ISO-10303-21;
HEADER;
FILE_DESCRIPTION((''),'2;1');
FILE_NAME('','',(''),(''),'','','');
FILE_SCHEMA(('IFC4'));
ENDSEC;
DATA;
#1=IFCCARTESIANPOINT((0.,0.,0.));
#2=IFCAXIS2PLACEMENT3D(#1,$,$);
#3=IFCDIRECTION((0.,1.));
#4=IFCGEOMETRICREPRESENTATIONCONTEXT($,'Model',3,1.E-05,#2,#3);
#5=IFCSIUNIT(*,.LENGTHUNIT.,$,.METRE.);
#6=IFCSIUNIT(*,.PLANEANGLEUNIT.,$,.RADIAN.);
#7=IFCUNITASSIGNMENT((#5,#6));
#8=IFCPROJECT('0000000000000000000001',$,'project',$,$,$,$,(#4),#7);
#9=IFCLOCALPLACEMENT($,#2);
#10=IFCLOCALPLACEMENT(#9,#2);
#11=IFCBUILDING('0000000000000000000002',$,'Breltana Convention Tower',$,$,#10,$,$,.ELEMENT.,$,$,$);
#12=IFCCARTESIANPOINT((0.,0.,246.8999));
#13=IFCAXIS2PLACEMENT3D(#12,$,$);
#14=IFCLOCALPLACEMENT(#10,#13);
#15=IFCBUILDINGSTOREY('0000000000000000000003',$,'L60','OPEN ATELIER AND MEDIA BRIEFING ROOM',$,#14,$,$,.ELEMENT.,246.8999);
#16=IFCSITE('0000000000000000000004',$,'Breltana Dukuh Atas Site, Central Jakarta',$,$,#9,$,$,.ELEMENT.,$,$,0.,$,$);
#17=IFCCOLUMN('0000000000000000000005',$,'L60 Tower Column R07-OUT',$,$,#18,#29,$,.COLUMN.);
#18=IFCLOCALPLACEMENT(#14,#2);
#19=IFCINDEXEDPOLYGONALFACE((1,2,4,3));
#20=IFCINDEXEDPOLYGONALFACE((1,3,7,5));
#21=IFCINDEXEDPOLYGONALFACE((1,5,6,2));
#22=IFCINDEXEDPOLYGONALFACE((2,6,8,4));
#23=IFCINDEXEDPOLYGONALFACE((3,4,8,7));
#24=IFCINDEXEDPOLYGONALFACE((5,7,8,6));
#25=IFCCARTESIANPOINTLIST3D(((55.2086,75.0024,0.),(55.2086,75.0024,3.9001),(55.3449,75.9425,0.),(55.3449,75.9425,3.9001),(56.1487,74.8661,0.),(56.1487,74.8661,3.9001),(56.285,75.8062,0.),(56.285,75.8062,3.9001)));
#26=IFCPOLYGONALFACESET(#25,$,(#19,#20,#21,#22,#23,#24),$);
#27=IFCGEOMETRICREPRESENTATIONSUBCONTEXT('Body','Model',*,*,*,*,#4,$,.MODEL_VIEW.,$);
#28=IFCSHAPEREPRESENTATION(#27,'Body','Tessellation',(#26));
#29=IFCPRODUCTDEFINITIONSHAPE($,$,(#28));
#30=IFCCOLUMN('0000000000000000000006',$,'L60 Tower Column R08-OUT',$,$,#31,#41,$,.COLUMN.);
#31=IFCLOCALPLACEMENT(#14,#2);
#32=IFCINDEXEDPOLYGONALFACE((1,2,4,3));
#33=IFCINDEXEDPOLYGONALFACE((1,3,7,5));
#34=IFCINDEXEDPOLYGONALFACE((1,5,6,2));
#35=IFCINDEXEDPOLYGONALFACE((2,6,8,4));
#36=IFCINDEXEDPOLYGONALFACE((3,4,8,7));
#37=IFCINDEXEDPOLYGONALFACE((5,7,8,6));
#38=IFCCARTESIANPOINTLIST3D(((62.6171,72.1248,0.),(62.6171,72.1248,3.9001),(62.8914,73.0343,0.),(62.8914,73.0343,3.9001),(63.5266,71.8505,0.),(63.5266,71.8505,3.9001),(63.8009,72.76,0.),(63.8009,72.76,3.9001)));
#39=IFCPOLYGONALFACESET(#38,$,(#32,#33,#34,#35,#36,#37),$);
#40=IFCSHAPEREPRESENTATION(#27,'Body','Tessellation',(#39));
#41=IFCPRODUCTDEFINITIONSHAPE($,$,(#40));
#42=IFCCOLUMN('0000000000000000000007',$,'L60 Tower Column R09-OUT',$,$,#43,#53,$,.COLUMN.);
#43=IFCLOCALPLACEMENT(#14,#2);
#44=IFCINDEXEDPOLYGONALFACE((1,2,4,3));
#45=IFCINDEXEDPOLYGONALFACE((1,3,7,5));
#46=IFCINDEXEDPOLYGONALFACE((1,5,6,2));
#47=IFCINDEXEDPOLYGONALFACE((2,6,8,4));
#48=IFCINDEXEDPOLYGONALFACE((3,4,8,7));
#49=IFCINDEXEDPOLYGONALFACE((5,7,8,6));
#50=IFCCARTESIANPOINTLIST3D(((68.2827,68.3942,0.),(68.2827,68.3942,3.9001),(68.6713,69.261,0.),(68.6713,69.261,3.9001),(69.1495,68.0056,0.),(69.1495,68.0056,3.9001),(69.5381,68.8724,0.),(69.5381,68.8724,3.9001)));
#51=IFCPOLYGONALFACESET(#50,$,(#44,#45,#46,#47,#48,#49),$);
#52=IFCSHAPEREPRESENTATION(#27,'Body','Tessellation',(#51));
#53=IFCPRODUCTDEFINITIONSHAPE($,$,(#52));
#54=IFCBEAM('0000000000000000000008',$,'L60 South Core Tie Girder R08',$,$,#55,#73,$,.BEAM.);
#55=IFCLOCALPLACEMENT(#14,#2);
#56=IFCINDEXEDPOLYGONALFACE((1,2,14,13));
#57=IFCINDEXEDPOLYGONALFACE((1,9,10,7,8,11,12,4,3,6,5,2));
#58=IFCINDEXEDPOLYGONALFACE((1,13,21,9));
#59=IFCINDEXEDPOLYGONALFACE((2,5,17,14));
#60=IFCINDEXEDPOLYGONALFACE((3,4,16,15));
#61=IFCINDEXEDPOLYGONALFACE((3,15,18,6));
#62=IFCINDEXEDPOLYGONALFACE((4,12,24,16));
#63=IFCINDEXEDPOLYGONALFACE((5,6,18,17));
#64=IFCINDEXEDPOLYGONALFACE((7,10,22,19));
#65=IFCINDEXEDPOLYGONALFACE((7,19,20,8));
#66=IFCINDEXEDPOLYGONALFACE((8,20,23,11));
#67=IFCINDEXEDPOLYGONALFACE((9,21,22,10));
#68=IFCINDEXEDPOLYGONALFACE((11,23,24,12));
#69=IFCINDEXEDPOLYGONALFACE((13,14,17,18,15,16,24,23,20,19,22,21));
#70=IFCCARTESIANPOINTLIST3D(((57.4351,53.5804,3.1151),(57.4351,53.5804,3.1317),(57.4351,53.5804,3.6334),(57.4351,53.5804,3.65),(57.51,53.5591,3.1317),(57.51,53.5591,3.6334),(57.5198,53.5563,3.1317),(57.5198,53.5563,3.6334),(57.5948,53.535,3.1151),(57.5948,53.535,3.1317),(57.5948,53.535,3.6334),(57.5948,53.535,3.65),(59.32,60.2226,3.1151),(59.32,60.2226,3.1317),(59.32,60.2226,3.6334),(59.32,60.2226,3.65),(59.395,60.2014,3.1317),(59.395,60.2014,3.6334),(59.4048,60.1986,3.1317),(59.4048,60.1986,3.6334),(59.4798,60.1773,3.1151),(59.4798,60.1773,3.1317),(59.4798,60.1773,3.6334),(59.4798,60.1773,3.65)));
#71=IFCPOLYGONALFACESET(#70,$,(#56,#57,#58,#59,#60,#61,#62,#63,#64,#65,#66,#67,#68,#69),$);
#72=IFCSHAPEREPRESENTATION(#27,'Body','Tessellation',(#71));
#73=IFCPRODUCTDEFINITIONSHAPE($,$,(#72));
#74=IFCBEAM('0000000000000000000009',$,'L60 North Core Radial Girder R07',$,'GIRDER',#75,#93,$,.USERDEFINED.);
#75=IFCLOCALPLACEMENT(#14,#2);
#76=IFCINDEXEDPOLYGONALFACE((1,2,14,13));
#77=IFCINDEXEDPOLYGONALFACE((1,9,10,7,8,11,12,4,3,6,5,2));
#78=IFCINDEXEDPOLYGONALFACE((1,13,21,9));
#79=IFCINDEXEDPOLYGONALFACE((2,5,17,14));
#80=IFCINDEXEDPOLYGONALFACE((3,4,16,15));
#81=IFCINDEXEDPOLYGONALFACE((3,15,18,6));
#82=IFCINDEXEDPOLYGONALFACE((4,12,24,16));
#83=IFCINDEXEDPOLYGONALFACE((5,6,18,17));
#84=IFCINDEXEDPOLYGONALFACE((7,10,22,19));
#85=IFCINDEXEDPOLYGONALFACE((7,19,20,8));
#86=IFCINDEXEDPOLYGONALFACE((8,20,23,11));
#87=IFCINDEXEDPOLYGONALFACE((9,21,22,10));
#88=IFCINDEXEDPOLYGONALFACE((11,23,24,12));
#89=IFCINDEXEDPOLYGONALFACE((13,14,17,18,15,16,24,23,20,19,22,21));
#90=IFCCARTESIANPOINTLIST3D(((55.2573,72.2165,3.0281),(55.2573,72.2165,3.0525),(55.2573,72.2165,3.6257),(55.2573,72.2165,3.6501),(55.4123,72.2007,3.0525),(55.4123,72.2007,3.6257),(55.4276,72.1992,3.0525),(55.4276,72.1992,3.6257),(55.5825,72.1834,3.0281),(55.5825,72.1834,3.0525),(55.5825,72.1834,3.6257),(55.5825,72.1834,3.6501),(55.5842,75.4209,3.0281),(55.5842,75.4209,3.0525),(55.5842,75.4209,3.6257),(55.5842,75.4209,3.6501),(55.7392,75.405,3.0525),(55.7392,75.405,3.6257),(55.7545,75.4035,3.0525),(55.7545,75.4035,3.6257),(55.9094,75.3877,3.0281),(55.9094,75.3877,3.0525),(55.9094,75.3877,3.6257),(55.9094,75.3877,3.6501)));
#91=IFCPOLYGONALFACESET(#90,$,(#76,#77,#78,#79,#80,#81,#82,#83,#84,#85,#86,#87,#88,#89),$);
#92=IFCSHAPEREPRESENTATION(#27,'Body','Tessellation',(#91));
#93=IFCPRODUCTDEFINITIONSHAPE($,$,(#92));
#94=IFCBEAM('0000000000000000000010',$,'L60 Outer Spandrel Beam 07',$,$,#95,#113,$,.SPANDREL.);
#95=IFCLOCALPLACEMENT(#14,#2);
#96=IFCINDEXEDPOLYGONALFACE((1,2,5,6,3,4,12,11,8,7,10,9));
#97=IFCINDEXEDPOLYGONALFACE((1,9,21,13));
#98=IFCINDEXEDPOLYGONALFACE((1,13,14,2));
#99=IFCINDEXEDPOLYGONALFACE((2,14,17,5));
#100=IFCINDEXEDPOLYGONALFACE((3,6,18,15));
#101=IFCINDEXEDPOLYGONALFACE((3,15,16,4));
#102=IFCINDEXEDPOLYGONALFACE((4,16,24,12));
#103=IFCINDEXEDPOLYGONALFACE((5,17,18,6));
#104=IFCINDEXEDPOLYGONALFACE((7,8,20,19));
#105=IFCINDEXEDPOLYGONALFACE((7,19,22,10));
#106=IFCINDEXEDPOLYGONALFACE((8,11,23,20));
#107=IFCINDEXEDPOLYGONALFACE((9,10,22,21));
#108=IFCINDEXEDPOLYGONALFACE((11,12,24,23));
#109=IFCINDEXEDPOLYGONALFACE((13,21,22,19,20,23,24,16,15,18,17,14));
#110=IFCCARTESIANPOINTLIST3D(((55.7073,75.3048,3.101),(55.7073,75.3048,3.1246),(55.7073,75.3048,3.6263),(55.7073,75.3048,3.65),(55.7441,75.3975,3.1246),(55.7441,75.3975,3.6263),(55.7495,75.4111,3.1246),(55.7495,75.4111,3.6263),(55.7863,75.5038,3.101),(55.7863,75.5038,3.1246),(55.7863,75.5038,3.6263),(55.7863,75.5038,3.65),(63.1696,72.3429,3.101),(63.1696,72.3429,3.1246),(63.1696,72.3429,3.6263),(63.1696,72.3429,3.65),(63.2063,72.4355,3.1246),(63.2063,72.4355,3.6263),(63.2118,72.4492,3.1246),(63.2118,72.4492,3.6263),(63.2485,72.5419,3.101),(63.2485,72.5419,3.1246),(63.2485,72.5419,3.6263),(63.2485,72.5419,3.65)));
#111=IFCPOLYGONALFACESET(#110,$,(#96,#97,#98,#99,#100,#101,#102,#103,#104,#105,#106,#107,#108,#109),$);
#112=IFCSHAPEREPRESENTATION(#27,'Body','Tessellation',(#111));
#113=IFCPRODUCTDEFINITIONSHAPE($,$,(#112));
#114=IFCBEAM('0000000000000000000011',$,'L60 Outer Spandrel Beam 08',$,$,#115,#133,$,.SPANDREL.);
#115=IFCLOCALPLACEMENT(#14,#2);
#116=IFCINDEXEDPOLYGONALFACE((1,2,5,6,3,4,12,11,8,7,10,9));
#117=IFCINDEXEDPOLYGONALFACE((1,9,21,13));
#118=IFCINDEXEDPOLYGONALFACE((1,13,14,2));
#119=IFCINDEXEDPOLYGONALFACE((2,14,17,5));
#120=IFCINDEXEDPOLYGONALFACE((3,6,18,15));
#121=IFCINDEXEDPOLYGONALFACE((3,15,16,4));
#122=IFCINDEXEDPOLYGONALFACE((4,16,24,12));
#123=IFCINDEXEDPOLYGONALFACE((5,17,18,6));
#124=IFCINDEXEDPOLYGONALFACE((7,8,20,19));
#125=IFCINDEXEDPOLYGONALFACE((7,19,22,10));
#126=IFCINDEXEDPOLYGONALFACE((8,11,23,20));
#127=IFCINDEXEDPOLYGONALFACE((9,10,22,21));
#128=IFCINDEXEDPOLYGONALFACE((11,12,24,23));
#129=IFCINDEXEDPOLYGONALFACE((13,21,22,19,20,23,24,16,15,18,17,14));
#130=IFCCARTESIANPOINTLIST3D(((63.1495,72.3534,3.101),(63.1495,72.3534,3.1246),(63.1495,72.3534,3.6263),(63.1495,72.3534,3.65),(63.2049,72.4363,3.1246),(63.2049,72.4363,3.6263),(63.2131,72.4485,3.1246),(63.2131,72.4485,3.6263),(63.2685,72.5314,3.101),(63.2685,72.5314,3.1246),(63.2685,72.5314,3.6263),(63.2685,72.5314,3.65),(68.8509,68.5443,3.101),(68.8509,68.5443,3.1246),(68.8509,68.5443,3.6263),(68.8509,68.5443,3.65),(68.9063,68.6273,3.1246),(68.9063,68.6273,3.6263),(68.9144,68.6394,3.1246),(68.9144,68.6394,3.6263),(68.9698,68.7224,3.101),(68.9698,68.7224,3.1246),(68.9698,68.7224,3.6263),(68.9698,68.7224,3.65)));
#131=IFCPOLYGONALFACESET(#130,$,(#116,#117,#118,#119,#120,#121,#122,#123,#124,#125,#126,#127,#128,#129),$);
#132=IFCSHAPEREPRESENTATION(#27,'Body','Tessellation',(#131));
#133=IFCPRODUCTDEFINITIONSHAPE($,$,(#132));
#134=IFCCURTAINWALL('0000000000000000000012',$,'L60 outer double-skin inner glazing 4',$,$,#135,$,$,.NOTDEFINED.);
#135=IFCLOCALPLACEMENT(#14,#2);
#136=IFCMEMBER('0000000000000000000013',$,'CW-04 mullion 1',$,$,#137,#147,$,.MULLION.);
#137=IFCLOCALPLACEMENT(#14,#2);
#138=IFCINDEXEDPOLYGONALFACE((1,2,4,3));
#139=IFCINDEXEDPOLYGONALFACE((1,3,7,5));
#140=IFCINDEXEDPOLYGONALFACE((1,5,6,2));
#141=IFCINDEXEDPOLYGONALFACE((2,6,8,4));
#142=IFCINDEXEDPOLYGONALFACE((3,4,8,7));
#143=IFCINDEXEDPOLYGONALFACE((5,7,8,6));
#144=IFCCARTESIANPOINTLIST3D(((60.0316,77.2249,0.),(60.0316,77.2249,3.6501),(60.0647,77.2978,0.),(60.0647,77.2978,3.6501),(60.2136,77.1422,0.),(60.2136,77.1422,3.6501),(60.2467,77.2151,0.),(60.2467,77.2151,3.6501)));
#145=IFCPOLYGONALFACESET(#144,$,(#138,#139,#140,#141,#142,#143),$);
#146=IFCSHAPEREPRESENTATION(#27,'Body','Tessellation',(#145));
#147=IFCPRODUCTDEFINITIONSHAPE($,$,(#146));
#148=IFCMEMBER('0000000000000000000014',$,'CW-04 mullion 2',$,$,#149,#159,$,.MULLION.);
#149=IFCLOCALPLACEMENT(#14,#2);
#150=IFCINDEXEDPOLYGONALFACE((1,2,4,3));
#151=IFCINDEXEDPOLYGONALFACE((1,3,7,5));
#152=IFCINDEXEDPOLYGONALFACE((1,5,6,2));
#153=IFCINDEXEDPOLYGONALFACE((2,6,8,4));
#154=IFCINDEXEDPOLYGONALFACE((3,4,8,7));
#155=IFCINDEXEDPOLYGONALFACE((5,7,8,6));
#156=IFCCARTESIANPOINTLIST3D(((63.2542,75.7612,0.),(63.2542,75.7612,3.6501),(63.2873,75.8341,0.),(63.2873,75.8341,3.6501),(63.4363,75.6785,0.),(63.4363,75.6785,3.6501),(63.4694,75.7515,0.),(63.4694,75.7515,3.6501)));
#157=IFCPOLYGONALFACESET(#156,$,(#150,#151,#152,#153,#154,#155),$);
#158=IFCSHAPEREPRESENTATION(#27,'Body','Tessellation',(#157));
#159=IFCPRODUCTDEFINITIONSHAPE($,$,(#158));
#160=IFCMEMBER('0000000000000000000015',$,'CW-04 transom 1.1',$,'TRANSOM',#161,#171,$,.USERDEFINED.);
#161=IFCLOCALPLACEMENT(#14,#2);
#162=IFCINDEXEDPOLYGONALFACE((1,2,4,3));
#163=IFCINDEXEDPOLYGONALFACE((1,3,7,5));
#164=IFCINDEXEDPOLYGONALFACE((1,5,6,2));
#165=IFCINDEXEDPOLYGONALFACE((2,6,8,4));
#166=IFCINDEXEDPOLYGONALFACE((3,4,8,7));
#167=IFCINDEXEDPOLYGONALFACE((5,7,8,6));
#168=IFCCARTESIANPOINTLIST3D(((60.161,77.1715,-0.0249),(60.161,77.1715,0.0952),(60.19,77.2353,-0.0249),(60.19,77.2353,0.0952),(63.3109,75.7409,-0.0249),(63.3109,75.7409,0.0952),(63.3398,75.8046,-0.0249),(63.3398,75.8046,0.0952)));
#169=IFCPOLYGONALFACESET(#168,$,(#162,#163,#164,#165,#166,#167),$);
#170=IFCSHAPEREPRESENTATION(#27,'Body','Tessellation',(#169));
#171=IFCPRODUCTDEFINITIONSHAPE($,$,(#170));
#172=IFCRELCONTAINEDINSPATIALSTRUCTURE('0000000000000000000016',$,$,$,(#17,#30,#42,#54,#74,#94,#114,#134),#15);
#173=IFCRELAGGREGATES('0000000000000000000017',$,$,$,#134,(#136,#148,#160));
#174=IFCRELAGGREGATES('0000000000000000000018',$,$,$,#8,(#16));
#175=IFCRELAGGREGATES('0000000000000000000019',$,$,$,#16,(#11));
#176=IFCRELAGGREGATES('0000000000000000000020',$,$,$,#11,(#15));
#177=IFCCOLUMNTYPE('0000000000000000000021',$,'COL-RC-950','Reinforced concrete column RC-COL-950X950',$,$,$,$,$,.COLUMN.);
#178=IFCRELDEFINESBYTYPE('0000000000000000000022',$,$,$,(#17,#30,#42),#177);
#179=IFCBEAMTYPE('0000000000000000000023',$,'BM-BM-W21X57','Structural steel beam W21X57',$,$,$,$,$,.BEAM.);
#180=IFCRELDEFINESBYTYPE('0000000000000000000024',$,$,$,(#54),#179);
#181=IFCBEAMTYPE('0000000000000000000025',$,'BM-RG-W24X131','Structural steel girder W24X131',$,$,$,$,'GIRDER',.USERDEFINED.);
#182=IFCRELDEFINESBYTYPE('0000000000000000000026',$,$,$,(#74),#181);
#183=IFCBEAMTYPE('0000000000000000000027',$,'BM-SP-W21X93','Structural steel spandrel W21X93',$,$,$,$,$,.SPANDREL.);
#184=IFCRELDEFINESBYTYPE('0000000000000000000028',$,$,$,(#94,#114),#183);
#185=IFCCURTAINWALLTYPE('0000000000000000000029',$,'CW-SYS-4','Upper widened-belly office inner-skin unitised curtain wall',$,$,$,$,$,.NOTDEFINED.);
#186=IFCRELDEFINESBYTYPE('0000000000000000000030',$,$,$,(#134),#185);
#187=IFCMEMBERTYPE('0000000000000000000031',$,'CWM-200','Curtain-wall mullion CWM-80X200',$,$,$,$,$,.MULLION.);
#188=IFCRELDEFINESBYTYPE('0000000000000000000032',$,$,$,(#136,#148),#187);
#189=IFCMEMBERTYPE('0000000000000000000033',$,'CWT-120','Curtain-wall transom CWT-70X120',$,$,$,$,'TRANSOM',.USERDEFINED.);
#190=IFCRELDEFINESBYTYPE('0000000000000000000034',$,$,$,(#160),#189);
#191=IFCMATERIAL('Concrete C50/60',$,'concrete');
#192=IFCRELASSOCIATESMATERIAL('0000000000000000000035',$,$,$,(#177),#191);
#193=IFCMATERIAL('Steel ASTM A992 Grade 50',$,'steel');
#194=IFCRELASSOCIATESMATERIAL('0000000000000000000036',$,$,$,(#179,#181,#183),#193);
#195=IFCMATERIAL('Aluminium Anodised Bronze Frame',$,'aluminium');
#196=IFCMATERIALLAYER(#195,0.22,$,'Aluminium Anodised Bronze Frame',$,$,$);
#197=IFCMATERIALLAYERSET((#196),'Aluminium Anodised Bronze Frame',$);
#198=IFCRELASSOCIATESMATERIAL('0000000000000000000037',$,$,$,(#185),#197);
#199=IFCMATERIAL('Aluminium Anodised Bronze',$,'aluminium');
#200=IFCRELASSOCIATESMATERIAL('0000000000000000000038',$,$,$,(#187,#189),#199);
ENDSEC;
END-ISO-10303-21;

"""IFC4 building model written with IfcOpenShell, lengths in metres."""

from ifc_helpers import new_model, si_unit, direction, frame, origin, origin_2d, place, context, subcontext, project, spatial, rectangle, i_section, extrude, source, transform, mapped, material, layer, layer_set, material_profile, profile_set, type_object, type_shapes, element, aggregate, save


model = new_model("IFC4")

# Units and contexts
model_context = context("Model", 3, precision=1e-05, world=origin(), true_north=direction((0.0, 1.0)))
body_context = subcontext(model_context, "Body", "Model", "MODEL_VIEW")
ifc_project = project(units=[si_unit("LENGTHUNIT", "METRE"), si_unit("PLANEANGLEUNIT", "RADIAN")], contexts=[model_context])

# Site, building, storey
site_placement = place(None, origin())
site = spatial("IfcSite", under=ifc_project, at=site_placement, Name="Breltana Dukuh Atas Site, Central Jakarta", CompositionType="ELEMENT", RefElevation=0.0)
building_placement = place(site_placement, origin())
building = spatial("IfcBuilding", under=site, at=building_placement, Name="Breltana Convention Tower", CompositionType="ELEMENT")
storey_placement = place(building_placement, frame((0.0, 0.0, 246.8999)))
storey = spatial("IfcBuildingStorey", under=building, at=storey_placement, Name="L60", Description="OPEN ATELIER AND MEDIA BRIEFING ROOM", CompositionType="ELEMENT", Elevation=246.8999)

# Columns
ifc_material_1 = material(Name="Concrete C50/60", Category="concrete")
ifc_material_profile_1 = material_profile(ifc_material_1, rectangle(XDim=0.95, YDim=0.95, at=origin_2d()), Name="RC-COL-950X950")
ifc_profile_set_1 = profile_set([ifc_material_profile_1], Name="Concrete C50/60")
column_type = type_object("IfcColumnType", Name="COL-RC-950", Description="Reinforced concrete column RC-COL-950X950", PredefinedType="COLUMN", material=ifc_profile_set_1)
shared_shape_1 = source(origin(), body_context, "Body", "SweptSolid", [
    extrude(rectangle(XDim=0.95, YDim=0.95, at=origin_2d()), origin(), (0.0, 0.0, 1.0), 3.9001),
])
for number, where, z_axis, x_axis, name in (
    (1, (55.7468, 75.4043, 0.0), (0.0, 0.0, 1.0), (0.143493, 0.989651, 0.0), "L60 Tower Column R07-OUT"),
    (2, (63.209, 72.4424, 0.0), (0.0, 0.0, 1.0), (0.288698, 0.95742, 0.0), "L60 Tower Column R08-OUT"),
    (3, (68.9104, 68.6333, 0.0), (0.0, 0.0, 1.0), (0.409127, 0.912477, 0.0), "L60 Tower Column R09-OUT"),
):
    element("IfcColumn", number, at=place(storey_placement, frame(where, z_axis=z_axis, x_axis=x_axis)), inside=storey, type_object=column_type, Name=name, PredefinedType="COLUMN", context=body_context, shape_type="MappedRepresentation", body=[
        mapped(shared_shape_1, transform((0.0, 0.0, 0.0), scale=1.0)),
    ])

# Beams
ifc_material_2 = material(Name="Steel ASTM A992 Grade 50", Category="steel")
ifc_material_profile_2 = material_profile(ifc_material_2, i_section(OverallWidth=0.166, OverallDepth=0.5349, WebThickness=0.0103, FlangeThickness=0.0166, at=origin_2d()), Name="W21X57")
ifc_profile_set_2 = profile_set([ifc_material_profile_2], Name="Steel ASTM A992 Grade 50")
beam_type_1 = type_object("IfcBeamType", Name="BM-BM-W21X57", Description="Structural steel beam W21X57", PredefinedType="BEAM", material=ifc_profile_set_2)
shared_shape_2 = source(origin(), body_context, "Body", "SweptSolid", [
    extrude(i_section(OverallWidth=0.166, OverallDepth=0.5349, WebThickness=0.0103, FlangeThickness=0.0166, at=origin_2d()), origin(), (0.0, 0.0, 1.0), 6.9045),
])
type_shapes(beam_type_1, [shared_shape_2])
beam_1_placement = place(storey_placement, frame((59.3999, 60.2, 3.3826), z_axis=(-0.273007, -0.962012, 0.0), x_axis=(0.962012, -0.273007, 0.0)))
element("IfcBeam", 4, at=beam_1_placement, inside=storey, type_object=beam_type_1, Name="L60 South Core Tie Girder R08", PredefinedType="BEAM", context=body_context, shape_type="MappedRepresentation", body=[
    mapped(shared_shape_2, transform((0.0, 0.0, 0.0), scale=1.0)),
])
ifc_material_profile_3 = material_profile(ifc_material_2, i_section(OverallWidth=0.3269, OverallDepth=0.6221, WebThickness=0.0154, FlangeThickness=0.0244, at=origin_2d()), Name="W24X131")
ifc_profile_set_3 = profile_set([ifc_material_profile_3], Name="Steel ASTM A992 Grade 50")
beam_type_2 = type_object("IfcBeamType", Name="BM-RG-W24X131", Description="Structural steel girder W24X131", ElementType="GIRDER", PredefinedType="USERDEFINED", material=ifc_profile_set_3)
shared_shape_3 = source(origin(), body_context, "Body", "SweptSolid", [
    extrude(i_section(OverallWidth=0.3269, OverallDepth=0.6221, WebThickness=0.0154, FlangeThickness=0.0244, at=origin_2d()), origin(), (0.0, 0.0, 1.0), 3.2209),
])
beam_2_placement = place(storey_placement, frame((55.4199, 72.2, 3.3391), z_axis=(0.101492, 0.994836, 0.0), x_axis=(-0.994836, 0.101492, 0.0)))
element("IfcBeam", 5, at=beam_2_placement, inside=storey, type_object=beam_type_2, Name="L60 North Core Radial Girder R07", ObjectType="GIRDER", PredefinedType="USERDEFINED", context=body_context, shape_type="MappedRepresentation", body=[
    mapped(shared_shape_3, transform((0.0, 0.0, 0.0), scale=1.0)),
])
ifc_material_profile_4 = material_profile(ifc_material_2, i_section(OverallWidth=0.2141, OverallDepth=0.5491, WebThickness=0.0146, FlangeThickness=0.0237, at=origin_2d()), Name="W21X93")
ifc_profile_set_4 = profile_set([ifc_material_profile_4], Name="Steel ASTM A992 Grade 50")
beam_type_3 = type_object("IfcBeamType", Name="BM-SP-W21X93", Description="Structural steel spandrel W21X93", PredefinedType="SPANDREL", material=ifc_profile_set_4)
shared_shape_4 = source(origin(), body_context, "Body", "SweptSolid", [
    extrude(i_section(OverallWidth=0.2141, OverallDepth=0.5491, WebThickness=0.0146, FlangeThickness=0.0237, at=origin_2d()), origin(), (0.0, 0.0, 1.0), 8.0286),
])
beam_3_placement = place(storey_placement, frame((55.7468, 75.4043, 3.3755), z_axis=(0.929459, -0.368925, 0.0), x_axis=(0.368925, 0.929459, 0.0)))
element("IfcBeam", 6, at=beam_3_placement, inside=storey, type_object=beam_type_3, Name="L60 Outer Spandrel Beam 07", PredefinedType="SPANDREL", context=body_context, shape_type="MappedRepresentation", body=[
    mapped(shared_shape_4, transform((0.0, 0.0, 0.0), scale=1.0)),
])
shared_shape_5 = source(origin(), body_context, "Body", "SweptSolid", [
    extrude(i_section(OverallWidth=0.2141, OverallDepth=0.5491, WebThickness=0.0146, FlangeThickness=0.0237, at=origin_2d()), origin(), (0.0, 0.0, 1.0), 6.8567),
])
beam_4_placement = place(storey_placement, frame((63.209, 72.4424, 3.3755), z_axis=(0.831502, -0.555522, 0.0), x_axis=(0.555522, 0.831502, 0.0)))
element("IfcBeam", 7, at=beam_4_placement, inside=storey, type_object=beam_type_3, Name="L60 Outer Spandrel Beam 08", PredefinedType="SPANDREL", context=body_context, shape_type="MappedRepresentation", body=[
    mapped(shared_shape_5, transform((0.0, 0.0, 0.0), scale=1.0)),
])

# Curtain wall, members
ifc_material_3 = material(Name="Aluminium Anodised Bronze Frame", Category="aluminium")
ifc_layer_1 = layer(ifc_material_3, 0.22, Name="Aluminium Anodised Bronze Frame")
ifc_layer_set_1 = layer_set([ifc_layer_1], Name="Aluminium Anodised Bronze Frame")
curtain_wall_type = type_object("IfcCurtainWallType", Name="CW-SYS-4", Description="Upper widened-belly office inner-skin unitised curtain wall", PredefinedType="NOTDEFINED", material=ifc_layer_set_1)
curtain_wall_placement = place(storey_placement, origin())
curtain_wall = element("IfcCurtainWall", 8, at=curtain_wall_placement, inside=storey, type_object=curtain_wall_type, Name="L60 outer double-skin inner glazing 4", PredefinedType="NOTDEFINED")
ifc_material_4 = material(Name="Aluminium Anodised Bronze", Category="aluminium")
ifc_material_profile_5 = material_profile(ifc_material_4, rectangle(XDim=0.0801, YDim=0.2, at=origin_2d()), Name="CWM-80X200")
ifc_profile_set_5 = profile_set([ifc_material_profile_5], Name="Aluminium Anodised Bronze")
member_type_1 = type_object("IfcMemberType", Name="CWM-200", Description="Curtain-wall mullion CWM-80X200", PredefinedType="MULLION", material=ifc_profile_set_5)
shared_shape_6 = source(origin(), body_context, "Body", "SweptSolid", [
    extrude(rectangle(XDim=0.0801, YDim=0.2, at=origin_2d()), origin(), (0.0, 0.0, 1.0), 3.6501),
])
member_1_placement = place(storey_placement, frame((60.1392, 77.22, 0.0), z_axis=(0.0, 0.0, 1.0), x_axis=(0.413539, 0.910487, 0.0)))
member_1 = element("IfcMember", 9, at=member_1_placement, type_object=member_type_1, Name="CW-04 mullion 1", PredefinedType="MULLION", context=body_context, shape_type="MappedRepresentation", body=[
    mapped(shared_shape_6, transform((0.0, 0.0, 0.0), scale=1.0)),
])
member_2_placement = place(storey_placement, frame((63.3618, 75.7563, 0.0), z_axis=(0.0, 0.0, 1.0), x_axis=(0.413539, 0.910487, 0.0)))
member_2 = element("IfcMember", 10, at=member_2_placement, type_object=member_type_1, Name="CW-04 mullion 2", PredefinedType="MULLION", context=body_context, shape_type="MappedRepresentation", body=[
    mapped(shared_shape_6, transform((0.0, 0.0, 0.0), scale=1.0)),
])
ifc_material_profile_6 = material_profile(ifc_material_4, rectangle(XDim=0.0701, YDim=0.1201, at=origin_2d()), Name="CWT-70X120")
ifc_profile_set_6 = profile_set([ifc_material_profile_6], Name="Aluminium Anodised Bronze")
member_type_2 = type_object("IfcMemberType", Name="CWT-120", Description="Curtain-wall transom CWT-70X120", ElementType="TRANSOM", PredefinedType="USERDEFINED", material=ifc_profile_set_6)
shared_shape_7 = source(origin(), body_context, "Body", "SweptSolid", [
    extrude(rectangle(XDim=0.0701, YDim=0.1201, at=origin_2d()), origin(), (0.0, 0.0, 1.0), 3.4595),
])
member_3_placement = place(storey_placement, frame((60.1755, 77.2034, 0.0352), z_axis=(0.910487, -0.413537, 0.0), x_axis=(0.413537, 0.910487, 0.0)))
member_3 = element("IfcMember", 11, at=member_3_placement, type_object=member_type_2, Name="CW-04 transom 1.1", ObjectType="TRANSOM", PredefinedType="USERDEFINED", context=body_context, shape_type="MappedRepresentation", body=[
    mapped(shared_shape_7, transform((0.0, 0.0, 0.0), scale=1.0)),
])
aggregate(curtain_wall, [member_1, member_2, member_3])

save(model, "model.ifc")
